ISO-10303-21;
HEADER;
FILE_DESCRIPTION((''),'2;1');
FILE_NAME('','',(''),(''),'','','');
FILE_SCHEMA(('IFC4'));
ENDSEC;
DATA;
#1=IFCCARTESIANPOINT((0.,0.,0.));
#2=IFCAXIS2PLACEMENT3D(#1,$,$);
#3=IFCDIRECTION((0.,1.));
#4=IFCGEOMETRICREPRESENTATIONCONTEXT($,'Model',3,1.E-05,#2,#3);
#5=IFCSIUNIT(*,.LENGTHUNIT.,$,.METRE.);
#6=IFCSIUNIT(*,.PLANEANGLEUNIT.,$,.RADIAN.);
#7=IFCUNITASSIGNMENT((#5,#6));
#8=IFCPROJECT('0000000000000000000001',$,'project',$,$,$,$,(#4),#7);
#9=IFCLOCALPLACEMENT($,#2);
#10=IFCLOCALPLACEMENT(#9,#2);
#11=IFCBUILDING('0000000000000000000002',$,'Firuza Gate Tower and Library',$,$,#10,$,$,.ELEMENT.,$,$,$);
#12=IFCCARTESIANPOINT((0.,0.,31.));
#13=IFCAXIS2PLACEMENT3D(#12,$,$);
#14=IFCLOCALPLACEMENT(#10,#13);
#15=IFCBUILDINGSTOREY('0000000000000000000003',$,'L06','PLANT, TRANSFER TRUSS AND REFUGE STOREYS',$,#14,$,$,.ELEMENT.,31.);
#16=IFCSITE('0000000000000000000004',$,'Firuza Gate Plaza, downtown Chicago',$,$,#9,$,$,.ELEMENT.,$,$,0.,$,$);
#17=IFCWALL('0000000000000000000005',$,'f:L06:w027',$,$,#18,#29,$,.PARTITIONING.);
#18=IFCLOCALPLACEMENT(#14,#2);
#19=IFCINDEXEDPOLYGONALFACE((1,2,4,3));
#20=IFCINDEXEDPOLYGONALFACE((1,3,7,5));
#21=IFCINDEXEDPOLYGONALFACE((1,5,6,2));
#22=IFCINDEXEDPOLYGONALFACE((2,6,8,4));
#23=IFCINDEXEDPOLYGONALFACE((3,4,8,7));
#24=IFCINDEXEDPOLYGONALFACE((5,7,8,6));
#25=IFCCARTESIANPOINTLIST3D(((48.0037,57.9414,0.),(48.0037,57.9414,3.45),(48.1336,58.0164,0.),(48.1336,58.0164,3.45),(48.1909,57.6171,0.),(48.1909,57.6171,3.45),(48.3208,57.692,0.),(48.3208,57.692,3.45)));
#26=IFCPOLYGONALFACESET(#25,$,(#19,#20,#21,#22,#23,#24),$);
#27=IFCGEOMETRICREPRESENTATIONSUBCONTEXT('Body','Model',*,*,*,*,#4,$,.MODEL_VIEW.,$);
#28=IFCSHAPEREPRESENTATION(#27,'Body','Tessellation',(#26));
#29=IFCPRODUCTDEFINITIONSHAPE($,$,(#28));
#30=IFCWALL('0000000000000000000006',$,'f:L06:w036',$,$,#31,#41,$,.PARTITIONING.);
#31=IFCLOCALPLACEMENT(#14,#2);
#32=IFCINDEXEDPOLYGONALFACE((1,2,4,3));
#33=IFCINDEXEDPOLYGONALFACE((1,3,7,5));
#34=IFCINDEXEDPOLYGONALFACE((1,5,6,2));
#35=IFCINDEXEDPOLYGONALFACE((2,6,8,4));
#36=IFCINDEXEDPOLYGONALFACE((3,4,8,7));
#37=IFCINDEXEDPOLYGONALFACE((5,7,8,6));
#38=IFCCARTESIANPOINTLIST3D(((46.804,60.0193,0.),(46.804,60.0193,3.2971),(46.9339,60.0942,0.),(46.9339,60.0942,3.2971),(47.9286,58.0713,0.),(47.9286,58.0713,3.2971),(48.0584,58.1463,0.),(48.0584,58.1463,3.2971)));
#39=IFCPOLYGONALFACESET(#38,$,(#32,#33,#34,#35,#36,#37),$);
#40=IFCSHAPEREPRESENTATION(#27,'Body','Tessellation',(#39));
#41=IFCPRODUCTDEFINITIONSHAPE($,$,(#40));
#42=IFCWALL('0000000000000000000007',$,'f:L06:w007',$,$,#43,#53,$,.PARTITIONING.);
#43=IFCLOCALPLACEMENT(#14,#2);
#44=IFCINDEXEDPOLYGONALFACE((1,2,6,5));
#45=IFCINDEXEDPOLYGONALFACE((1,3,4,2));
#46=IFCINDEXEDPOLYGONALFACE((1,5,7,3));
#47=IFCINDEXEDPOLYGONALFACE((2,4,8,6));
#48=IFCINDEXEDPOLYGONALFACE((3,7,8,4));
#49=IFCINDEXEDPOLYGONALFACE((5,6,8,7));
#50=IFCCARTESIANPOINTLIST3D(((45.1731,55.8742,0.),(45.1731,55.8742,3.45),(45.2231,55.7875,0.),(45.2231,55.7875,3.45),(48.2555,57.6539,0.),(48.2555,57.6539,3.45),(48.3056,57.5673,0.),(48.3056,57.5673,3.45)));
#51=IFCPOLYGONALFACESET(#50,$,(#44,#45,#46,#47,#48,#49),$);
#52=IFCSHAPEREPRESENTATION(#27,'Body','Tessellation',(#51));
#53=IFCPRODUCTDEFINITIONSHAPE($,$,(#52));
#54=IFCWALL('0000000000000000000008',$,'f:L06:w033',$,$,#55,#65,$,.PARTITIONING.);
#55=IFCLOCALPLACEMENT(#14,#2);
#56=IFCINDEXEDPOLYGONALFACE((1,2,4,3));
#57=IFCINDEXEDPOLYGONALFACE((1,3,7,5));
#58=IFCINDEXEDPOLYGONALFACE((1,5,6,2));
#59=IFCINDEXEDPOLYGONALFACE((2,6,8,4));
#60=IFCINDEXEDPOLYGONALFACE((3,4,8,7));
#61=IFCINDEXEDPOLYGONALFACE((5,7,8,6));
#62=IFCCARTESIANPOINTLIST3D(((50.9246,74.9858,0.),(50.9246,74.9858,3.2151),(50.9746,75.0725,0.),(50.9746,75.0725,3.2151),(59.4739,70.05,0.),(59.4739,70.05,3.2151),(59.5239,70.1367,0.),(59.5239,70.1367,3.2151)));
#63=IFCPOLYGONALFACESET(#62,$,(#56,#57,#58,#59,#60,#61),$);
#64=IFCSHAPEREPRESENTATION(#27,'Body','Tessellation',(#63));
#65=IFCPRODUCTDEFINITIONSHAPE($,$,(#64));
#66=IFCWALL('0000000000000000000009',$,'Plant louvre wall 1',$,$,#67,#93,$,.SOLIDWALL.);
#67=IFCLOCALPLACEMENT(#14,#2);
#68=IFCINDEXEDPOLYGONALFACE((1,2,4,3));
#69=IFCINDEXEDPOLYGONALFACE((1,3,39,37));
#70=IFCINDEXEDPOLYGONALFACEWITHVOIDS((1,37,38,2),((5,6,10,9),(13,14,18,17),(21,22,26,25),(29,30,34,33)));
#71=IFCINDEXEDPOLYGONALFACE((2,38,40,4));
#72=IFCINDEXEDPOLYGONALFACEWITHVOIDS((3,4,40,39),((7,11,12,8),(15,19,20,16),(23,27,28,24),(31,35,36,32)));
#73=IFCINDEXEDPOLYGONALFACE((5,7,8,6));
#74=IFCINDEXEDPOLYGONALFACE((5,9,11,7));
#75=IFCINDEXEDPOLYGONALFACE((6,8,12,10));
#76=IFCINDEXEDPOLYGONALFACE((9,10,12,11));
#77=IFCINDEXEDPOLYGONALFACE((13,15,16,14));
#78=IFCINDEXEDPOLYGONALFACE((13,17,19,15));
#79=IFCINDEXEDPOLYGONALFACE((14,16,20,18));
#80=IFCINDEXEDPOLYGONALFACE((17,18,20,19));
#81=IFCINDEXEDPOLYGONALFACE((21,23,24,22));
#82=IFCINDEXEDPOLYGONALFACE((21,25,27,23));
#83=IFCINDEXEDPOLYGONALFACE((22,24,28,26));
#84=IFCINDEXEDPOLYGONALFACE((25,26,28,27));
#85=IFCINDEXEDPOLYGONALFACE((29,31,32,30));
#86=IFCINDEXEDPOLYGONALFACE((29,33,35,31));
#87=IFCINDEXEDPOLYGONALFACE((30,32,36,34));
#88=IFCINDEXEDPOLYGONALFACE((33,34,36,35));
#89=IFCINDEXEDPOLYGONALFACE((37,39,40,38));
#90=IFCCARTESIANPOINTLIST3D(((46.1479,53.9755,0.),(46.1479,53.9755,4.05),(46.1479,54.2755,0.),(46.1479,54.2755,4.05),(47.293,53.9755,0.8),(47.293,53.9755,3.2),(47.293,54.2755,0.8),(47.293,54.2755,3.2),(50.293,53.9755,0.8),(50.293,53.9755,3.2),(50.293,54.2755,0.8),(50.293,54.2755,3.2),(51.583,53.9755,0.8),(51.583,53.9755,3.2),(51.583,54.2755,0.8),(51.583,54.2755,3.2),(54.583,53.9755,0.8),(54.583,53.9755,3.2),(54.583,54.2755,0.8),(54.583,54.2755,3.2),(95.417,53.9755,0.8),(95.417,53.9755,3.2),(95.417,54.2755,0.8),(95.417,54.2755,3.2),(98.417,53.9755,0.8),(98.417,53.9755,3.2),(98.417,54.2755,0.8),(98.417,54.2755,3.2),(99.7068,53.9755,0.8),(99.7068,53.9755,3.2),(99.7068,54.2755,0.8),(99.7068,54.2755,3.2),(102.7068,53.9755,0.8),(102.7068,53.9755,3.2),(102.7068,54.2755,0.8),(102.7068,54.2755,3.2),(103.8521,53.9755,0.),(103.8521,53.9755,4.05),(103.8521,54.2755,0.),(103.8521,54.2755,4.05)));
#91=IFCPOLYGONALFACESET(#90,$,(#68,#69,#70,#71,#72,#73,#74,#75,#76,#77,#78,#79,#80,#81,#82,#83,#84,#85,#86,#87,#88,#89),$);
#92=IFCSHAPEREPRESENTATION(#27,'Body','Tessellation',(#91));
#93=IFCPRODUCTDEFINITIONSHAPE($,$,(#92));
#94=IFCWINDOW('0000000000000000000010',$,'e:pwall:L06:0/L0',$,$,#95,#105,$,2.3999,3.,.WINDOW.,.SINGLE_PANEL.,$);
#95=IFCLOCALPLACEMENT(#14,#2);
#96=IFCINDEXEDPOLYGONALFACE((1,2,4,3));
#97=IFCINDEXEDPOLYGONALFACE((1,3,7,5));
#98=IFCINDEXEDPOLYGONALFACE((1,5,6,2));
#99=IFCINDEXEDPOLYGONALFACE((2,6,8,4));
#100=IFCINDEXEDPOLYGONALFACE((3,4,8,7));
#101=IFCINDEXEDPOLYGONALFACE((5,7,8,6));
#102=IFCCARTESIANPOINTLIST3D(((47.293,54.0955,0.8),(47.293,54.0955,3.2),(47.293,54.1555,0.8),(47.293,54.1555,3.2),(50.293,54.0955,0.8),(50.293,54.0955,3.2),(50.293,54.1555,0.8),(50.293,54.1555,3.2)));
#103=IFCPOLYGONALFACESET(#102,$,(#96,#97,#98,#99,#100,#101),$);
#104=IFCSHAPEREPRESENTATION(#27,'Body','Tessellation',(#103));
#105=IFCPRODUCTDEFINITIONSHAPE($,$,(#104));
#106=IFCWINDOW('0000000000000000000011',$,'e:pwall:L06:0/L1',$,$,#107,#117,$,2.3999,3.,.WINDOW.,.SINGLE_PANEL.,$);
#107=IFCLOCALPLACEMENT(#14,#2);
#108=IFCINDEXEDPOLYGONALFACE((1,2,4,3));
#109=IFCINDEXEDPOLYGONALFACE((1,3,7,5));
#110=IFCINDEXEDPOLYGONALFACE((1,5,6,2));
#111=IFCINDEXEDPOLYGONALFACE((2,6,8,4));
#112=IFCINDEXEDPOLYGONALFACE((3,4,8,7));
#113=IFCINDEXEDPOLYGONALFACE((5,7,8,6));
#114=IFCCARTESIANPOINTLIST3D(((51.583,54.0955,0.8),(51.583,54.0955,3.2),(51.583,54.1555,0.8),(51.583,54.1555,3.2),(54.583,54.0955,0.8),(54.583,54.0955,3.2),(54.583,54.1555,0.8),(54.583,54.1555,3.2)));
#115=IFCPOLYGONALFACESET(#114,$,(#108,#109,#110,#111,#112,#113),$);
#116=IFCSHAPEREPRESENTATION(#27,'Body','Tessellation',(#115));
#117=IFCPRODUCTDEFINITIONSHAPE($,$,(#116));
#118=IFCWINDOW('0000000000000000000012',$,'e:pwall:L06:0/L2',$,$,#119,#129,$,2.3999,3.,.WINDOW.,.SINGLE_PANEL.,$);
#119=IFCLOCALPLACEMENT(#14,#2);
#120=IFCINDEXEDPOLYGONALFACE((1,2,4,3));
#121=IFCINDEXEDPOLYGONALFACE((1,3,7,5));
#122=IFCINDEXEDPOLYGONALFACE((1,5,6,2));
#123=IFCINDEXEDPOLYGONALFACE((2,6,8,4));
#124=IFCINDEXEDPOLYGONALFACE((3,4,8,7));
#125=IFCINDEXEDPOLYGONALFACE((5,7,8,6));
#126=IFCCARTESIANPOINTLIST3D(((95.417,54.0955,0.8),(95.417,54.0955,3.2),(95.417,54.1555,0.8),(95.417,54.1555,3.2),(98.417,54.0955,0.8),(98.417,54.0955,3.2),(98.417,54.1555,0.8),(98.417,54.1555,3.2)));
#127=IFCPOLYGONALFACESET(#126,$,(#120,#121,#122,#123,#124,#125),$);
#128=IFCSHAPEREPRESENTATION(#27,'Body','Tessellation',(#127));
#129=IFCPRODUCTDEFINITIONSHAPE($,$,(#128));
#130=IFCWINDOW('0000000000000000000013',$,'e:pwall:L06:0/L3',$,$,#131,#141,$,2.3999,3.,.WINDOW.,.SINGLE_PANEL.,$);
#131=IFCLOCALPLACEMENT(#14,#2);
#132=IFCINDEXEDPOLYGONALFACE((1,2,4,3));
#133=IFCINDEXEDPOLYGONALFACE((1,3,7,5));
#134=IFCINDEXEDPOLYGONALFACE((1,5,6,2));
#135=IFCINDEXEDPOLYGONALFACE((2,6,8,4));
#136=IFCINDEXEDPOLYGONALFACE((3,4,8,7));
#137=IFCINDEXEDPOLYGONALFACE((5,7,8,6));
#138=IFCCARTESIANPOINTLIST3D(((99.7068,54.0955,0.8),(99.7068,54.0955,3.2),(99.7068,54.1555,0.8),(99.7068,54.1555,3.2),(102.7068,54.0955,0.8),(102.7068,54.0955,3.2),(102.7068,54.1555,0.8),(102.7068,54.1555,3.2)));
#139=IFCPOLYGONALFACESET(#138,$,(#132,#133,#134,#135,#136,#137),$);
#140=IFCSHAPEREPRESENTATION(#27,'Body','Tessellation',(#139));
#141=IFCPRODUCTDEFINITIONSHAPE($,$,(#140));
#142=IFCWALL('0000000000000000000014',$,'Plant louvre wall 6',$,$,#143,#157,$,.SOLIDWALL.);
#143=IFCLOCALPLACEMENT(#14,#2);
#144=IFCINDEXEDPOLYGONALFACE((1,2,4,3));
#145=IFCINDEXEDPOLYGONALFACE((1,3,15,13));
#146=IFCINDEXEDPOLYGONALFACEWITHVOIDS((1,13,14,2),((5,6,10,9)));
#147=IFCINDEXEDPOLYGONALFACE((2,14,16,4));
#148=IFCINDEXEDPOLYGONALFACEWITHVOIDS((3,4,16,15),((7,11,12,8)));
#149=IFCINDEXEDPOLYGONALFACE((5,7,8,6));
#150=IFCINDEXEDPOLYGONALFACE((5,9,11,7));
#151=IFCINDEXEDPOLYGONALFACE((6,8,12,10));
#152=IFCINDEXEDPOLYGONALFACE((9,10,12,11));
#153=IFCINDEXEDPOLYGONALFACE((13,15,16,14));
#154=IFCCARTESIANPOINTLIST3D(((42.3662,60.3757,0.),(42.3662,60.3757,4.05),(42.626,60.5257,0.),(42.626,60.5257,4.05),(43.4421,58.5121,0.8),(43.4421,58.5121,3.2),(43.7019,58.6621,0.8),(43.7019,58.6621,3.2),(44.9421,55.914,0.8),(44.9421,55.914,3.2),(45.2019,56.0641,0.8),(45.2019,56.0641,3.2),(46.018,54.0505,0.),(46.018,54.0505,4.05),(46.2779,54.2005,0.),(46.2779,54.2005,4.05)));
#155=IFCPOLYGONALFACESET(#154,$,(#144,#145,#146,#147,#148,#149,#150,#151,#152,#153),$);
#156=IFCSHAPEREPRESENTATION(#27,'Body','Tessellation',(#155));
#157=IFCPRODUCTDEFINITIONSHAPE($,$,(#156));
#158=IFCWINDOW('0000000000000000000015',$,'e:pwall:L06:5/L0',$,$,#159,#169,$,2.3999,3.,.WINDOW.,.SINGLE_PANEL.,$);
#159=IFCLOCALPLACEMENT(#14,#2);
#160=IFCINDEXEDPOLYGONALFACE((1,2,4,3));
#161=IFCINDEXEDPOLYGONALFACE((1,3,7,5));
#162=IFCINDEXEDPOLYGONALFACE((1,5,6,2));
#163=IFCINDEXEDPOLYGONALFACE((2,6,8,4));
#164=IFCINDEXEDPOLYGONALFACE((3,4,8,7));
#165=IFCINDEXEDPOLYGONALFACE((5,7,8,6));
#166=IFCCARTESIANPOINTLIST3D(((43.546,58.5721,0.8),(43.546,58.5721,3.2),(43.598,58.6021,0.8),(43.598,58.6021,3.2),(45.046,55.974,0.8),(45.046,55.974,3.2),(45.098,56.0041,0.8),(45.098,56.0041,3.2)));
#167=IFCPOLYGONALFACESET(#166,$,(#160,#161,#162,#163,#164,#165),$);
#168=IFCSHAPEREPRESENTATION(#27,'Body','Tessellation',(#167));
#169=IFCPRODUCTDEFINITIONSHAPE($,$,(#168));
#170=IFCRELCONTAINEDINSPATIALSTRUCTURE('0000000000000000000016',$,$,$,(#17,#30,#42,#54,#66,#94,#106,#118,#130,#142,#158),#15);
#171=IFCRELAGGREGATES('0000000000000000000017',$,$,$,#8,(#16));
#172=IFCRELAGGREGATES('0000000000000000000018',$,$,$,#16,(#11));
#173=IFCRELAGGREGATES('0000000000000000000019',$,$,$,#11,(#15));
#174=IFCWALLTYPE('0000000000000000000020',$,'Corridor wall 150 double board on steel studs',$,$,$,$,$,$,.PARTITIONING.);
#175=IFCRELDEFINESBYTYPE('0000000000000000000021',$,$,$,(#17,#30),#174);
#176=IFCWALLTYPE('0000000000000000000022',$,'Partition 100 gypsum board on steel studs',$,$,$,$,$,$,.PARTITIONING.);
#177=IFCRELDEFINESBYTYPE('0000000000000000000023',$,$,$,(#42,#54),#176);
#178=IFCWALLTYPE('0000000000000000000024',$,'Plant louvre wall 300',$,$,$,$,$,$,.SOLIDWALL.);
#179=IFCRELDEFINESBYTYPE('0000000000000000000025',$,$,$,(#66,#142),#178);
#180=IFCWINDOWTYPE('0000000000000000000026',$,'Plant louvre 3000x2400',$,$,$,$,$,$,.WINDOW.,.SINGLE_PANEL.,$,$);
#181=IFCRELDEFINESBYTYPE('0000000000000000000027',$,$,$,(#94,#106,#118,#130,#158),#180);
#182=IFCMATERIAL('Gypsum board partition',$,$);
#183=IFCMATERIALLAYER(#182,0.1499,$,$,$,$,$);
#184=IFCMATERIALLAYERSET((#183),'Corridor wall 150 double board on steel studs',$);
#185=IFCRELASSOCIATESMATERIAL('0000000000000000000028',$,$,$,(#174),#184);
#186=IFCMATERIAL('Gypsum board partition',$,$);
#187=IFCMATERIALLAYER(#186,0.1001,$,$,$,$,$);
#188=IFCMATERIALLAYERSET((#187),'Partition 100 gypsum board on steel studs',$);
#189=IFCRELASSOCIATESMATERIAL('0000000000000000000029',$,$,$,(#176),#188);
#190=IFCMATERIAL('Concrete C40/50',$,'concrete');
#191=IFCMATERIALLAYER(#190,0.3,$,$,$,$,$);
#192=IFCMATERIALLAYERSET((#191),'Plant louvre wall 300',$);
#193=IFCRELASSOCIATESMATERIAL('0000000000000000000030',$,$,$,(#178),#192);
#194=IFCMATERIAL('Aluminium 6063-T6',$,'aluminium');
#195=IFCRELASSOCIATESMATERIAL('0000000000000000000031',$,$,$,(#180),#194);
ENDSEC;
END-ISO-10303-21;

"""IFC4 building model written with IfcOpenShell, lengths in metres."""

from ifc_helpers import new_model, si_unit, direction, frame, frame_2d, origin, place, context, subcontext, project, spatial, rectangle, extrude, material, layer, layer_set, type_object, element, fill, save


model = new_model("IFC4")

# Units and contexts
model_context = context("Model", 3, precision=1e-05, world=origin(), true_north=direction((0.0, 1.0)))
body_context = subcontext(model_context, "Body", "Model", "MODEL_VIEW")
ifc_project = project(units=[si_unit("LENGTHUNIT", "METRE"), si_unit("PLANEANGLEUNIT", "RADIAN")], contexts=[model_context])

# Site, building, storey
site_placement = place(None, origin())
site = spatial("IfcSite", under=ifc_project, at=site_placement, Name="Firuza Gate Plaza, downtown Chicago", CompositionType="ELEMENT", RefElevation=0.0)
building_placement = place(site_placement, origin())
building = spatial("IfcBuilding", under=site, at=building_placement, Name="Firuza Gate Tower and Library", CompositionType="ELEMENT")
storey_placement = place(building_placement, frame((0.0, 0.0, 31.0)))
storey = spatial("IfcBuildingStorey", under=building, at=storey_placement, Name="L06", Description="PLANT, TRANSFER TRUSS AND REFUGE STOREYS", CompositionType="ELEMENT", Elevation=31.0)

# Shared definitions
ifc_material_1 = material(Name="Gypsum board partition")
ifc_layer_1 = layer(ifc_material_1, 0.1499)
ifc_layer_set_1 = layer_set([ifc_layer_1], Name="Corridor wall 150 double board on steel studs")
wall_type_1 = type_object("IfcWallType", Name="Corridor wall 150 double board on steel studs", PredefinedType="PARTITIONING", material=ifc_layer_set_1)

# Walls
wall_1_placement = place(storey_placement, frame((48.2559, 57.6545, 0.0), z_axis=(0.0, 0.0, 1.0), x_axis=(-0.499854, 0.86611, 0.0)))
element("IfcWall", 1, at=wall_1_placement, inside=storey, type_object=wall_type_1, Name="f:L06:w027", PredefinedType="PARTITIONING", context=body_context, shape_type="SweptSolid", body=[
    extrude(rectangle(XDim=0.3745, YDim=0.1499, at=frame_2d((0.1873, 0.0))), origin(), (0.0, 0.0, 1.0), 3.45),
])
wall_2_placement = place(storey_placement, frame((47.9934, 58.1089, 0.0), z_axis=(0.0, 0.0, 1.0), x_axis=(-0.499945, 0.866057, 0.0)))
element("IfcWall", 2, at=wall_2_placement, inside=storey, type_object=wall_type_1, Name="f:L06:w036", PredefinedType="PARTITIONING", context=body_context, shape_type="SweptSolid", body=[
    extrude(rectangle(XDim=2.2493, YDim=0.1499, at=frame_2d((1.1245, 0.0))), origin(), (0.0, 0.0, 1.0), 3.2971),
])
ifc_material_2 = material(Name="Gypsum board partition")
ifc_layer_2 = layer(ifc_material_2, 0.1001)
ifc_layer_set_2 = layer_set([ifc_layer_2], Name="Partition 100 gypsum board on steel studs")
wall_type_2 = type_object("IfcWallType", Name="Partition 100 gypsum board on steel studs", PredefinedType="PARTITIONING", material=ifc_layer_set_2)
wall_3_placement = place(storey_placement, frame((45.198, 55.8308, 0.0), z_axis=(0.0, 0.0, 1.0), x_axis=(0.866014, 0.500019, 0.0)))
element("IfcWall", 3, at=wall_3_placement, inside=storey, type_object=wall_type_2, Name="f:L06:w007", PredefinedType="PARTITIONING", context=body_context, shape_type="SweptSolid", body=[
    extrude(rectangle(XDim=3.5593, YDim=0.1001, at=frame_2d((1.7798, 0.0))), origin(), (0.0, 0.0, 1.0), 3.45),
])
wall_4_placement = place(storey_placement, frame((59.499, 70.0933, 0.0), z_axis=(0.0, 0.0, 1.0), x_axis=(-0.866032, 0.499988, 0.0)))
element("IfcWall", 4, at=wall_4_placement, inside=storey, type_object=wall_type_2, Name="f:L06:w033", PredefinedType="PARTITIONING", context=body_context, shape_type="SweptSolid", body=[
    extrude(rectangle(XDim=9.8718, YDim=0.1001, at=frame_2d((4.936, 0.0))), origin(), (0.0, 0.0, 1.0), 3.2151),
])

# Wall, openings, windows
ifc_material_3 = material(Name="Concrete C40/50", Category="concrete")
ifc_layer_3 = layer(ifc_material_3, 0.3)
ifc_layer_set_3 = layer_set([ifc_layer_3], Name="Plant louvre wall 300")
wall_type_3 = type_object("IfcWallType", Name="Plant louvre wall 300", PredefinedType="SOLIDWALL", material=ifc_layer_set_3)
wall_5_placement = place(storey_placement, frame((46.1479, 54.1255, 0.0), z_axis=(0.0, 0.0, 1.0), x_axis=(1.0, 0.0, 0.0)))
wall_5 = element("IfcWall", 5, at=wall_5_placement, inside=storey, type_object=wall_type_3, Name="Plant louvre wall 1", PredefinedType="SOLIDWALL", context=body_context, shape_type="SweptSolid", body=[
    extrude(rectangle(XDim=57.7041, YDim=0.3, at=frame_2d((28.8521, 0.0))), origin(), (0.0, 0.0, 1.0), 4.05),
])
opening_1_placement = place(wall_5_placement, frame((1.145, 0.0, 0.8)))
opening_1 = element("IfcOpeningElement", 6, at=opening_1_placement, cuts=wall_5, PredefinedType="OPENING", context=body_context, shape_type="SweptSolid", body=[
    extrude(rectangle(XDim=3.0, YDim=2.3999, at=frame_2d((1.5, 1.2))), frame((0.0, 0.1602, 0.0), z_axis=(0.0, -1.0, 0.0), x_axis=(1.0, 0.0, 0.0)), (0.0, 0.0, 1.0), 0.3201),
])
opening_2_placement = place(wall_5_placement, frame((5.4351, 0.0, 0.8)))
opening_2 = element("IfcOpeningElement", 7, at=opening_2_placement, cuts=wall_5, PredefinedType="OPENING", context=body_context, shape_type="SweptSolid", body=[
    extrude(rectangle(XDim=3.0, YDim=2.3999, at=frame_2d((1.5, 1.2))), frame((0.0, 0.1602, 0.0), z_axis=(0.0, -1.0, 0.0), x_axis=(1.0, 0.0, 0.0)), (0.0, 0.0, 1.0), 0.3201),
])
opening_3_placement = place(wall_5_placement, frame((49.269, 0.0, 0.8)))
opening_3 = element("IfcOpeningElement", 8, at=opening_3_placement, cuts=wall_5, PredefinedType="OPENING", context=body_context, shape_type="SweptSolid", body=[
    extrude(rectangle(XDim=3.0, YDim=2.3999, at=frame_2d((1.5, 1.2))), frame((0.0, 0.1602, 0.0), z_axis=(0.0, -1.0, 0.0), x_axis=(1.0, 0.0, 0.0)), (0.0, 0.0, 1.0), 0.3201),
])
opening_4_placement = place(wall_5_placement, frame((53.5588, 0.0, 0.8)))
opening_4 = element("IfcOpeningElement", 9, at=opening_4_placement, cuts=wall_5, PredefinedType="OPENING", context=body_context, shape_type="SweptSolid", body=[
    extrude(rectangle(XDim=3.0, YDim=2.3999, at=frame_2d((1.5, 1.2))), frame((0.0, 0.1602, 0.0), z_axis=(0.0, -1.0, 0.0), x_axis=(1.0, 0.0, 0.0)), (0.0, 0.0, 1.0), 0.3201),
])
ifc_material_4 = material(Name="Aluminium 6063-T6", Category="aluminium")
window_type = type_object("IfcWindowType", Name="Plant louvre 3000x2400", PartitioningType="SINGLE_PANEL", PredefinedType="WINDOW", material=ifc_material_4)
window_1_placement = place(opening_1_placement, origin())
window_1 = element("IfcWindow", 10, at=window_1_placement, inside=storey, type_object=window_type, Name="e:pwall:L06:0/L0", OverallHeight=2.3999, OverallWidth=3.0, PartitioningType="SINGLE_PANEL", PredefinedType="WINDOW", context=body_context, shape_type="SweptSolid", body=[
    extrude(rectangle(XDim=3.0, YDim=2.3999, at=frame_2d((1.5, 1.2))), frame((0.0, 0.03, 0.0), z_axis=(0.0, -1.0, 0.0), x_axis=(1.0, 0.0, 0.0)), (0.0, 0.0, 1.0), 0.0601),
])
fill(opening_1, window_1)
window_2_placement = place(opening_2_placement, origin())
window_2 = element("IfcWindow", 11, at=window_2_placement, inside=storey, type_object=window_type, Name="e:pwall:L06:0/L1", OverallHeight=2.3999, OverallWidth=3.0, PartitioningType="SINGLE_PANEL", PredefinedType="WINDOW", context=body_context, shape_type="SweptSolid", body=[
    extrude(rectangle(XDim=3.0, YDim=2.3999, at=frame_2d((1.5, 1.2))), frame((0.0, 0.03, 0.0), z_axis=(0.0, -1.0, 0.0), x_axis=(1.0, 0.0, 0.0)), (0.0, 0.0, 1.0), 0.0601),
])
fill(opening_2, window_2)
window_3_placement = place(opening_3_placement, origin())
window_3 = element("IfcWindow", 12, at=window_3_placement, inside=storey, type_object=window_type, Name="e:pwall:L06:0/L2", OverallHeight=2.3999, OverallWidth=3.0, PartitioningType="SINGLE_PANEL", PredefinedType="WINDOW", context=body_context, shape_type="SweptSolid", body=[
    extrude(rectangle(XDim=3.0, YDim=2.3999, at=frame_2d((1.5, 1.2))), frame((0.0, 0.03, 0.0), z_axis=(0.0, -1.0, 0.0), x_axis=(1.0, 0.0, 0.0)), (0.0, 0.0, 1.0), 0.0601),
])
fill(opening_3, window_3)
window_4_placement = place(opening_4_placement, origin())
window_4 = element("IfcWindow", 13, at=window_4_placement, inside=storey, type_object=window_type, Name="e:pwall:L06:0/L3", OverallHeight=2.3999, OverallWidth=3.0, PartitioningType="SINGLE_PANEL", PredefinedType="WINDOW", context=body_context, shape_type="SweptSolid", body=[
    extrude(rectangle(XDim=3.0, YDim=2.3999, at=frame_2d((1.5, 1.2))), frame((0.0, 0.03, 0.0), z_axis=(0.0, -1.0, 0.0), x_axis=(1.0, 0.0, 0.0)), (0.0, 0.0, 1.0), 0.0601),
])
fill(opening_4, window_4)

# Wall, opening, window
wall_6_placement = place(storey_placement, frame((42.4961, 60.4507, 0.0), z_axis=(0.0, 0.0, 1.0), x_axis=(0.5, -0.866025, 0.0)))
wall_6 = element("IfcWall", 14, at=wall_6_placement, inside=storey, type_object=wall_type_3, Name="Plant louvre wall 6", PredefinedType="SOLIDWALL", context=body_context, shape_type="SweptSolid", body=[
    extrude(rectangle(XDim=7.3037, YDim=0.3, at=frame_2d((3.6519, 0.0))), origin(), (0.0, 0.0, 1.0), 4.05),
])
opening_5_placement = place(wall_6_placement, frame((2.1519, 0.0, 0.8)))
opening_5 = element("IfcOpeningElement", 15, at=opening_5_placement, cuts=wall_6, PredefinedType="OPENING", context=body_context, shape_type="SweptSolid", body=[
    extrude(rectangle(XDim=3.0, YDim=2.3999, at=frame_2d((1.5, 1.2))), frame((0.0, 0.1602, 0.0), z_axis=(0.0, -1.0, 0.0), x_axis=(1.0, 0.0, 0.0)), (0.0, 0.0, 1.0), 0.3201),
])
window_5_placement = place(opening_5_placement, origin())
window_5 = element("IfcWindow", 16, at=window_5_placement, inside=storey, type_object=window_type, Name="e:pwall:L06:5/L0", OverallHeight=2.3999, OverallWidth=3.0, PartitioningType="SINGLE_PANEL", PredefinedType="WINDOW", context=body_context, shape_type="SweptSolid", body=[
    extrude(rectangle(XDim=3.0, YDim=2.3999, at=frame_2d((1.5, 1.2))), frame((0.0, 0.03, 0.0), z_axis=(0.0, -1.0, 0.0), x_axis=(1.0, 0.0, 0.0)), (0.0, 0.0, 1.0), 0.0601),
])
fill(opening_5, window_5)

save(model, "model.ifc")
